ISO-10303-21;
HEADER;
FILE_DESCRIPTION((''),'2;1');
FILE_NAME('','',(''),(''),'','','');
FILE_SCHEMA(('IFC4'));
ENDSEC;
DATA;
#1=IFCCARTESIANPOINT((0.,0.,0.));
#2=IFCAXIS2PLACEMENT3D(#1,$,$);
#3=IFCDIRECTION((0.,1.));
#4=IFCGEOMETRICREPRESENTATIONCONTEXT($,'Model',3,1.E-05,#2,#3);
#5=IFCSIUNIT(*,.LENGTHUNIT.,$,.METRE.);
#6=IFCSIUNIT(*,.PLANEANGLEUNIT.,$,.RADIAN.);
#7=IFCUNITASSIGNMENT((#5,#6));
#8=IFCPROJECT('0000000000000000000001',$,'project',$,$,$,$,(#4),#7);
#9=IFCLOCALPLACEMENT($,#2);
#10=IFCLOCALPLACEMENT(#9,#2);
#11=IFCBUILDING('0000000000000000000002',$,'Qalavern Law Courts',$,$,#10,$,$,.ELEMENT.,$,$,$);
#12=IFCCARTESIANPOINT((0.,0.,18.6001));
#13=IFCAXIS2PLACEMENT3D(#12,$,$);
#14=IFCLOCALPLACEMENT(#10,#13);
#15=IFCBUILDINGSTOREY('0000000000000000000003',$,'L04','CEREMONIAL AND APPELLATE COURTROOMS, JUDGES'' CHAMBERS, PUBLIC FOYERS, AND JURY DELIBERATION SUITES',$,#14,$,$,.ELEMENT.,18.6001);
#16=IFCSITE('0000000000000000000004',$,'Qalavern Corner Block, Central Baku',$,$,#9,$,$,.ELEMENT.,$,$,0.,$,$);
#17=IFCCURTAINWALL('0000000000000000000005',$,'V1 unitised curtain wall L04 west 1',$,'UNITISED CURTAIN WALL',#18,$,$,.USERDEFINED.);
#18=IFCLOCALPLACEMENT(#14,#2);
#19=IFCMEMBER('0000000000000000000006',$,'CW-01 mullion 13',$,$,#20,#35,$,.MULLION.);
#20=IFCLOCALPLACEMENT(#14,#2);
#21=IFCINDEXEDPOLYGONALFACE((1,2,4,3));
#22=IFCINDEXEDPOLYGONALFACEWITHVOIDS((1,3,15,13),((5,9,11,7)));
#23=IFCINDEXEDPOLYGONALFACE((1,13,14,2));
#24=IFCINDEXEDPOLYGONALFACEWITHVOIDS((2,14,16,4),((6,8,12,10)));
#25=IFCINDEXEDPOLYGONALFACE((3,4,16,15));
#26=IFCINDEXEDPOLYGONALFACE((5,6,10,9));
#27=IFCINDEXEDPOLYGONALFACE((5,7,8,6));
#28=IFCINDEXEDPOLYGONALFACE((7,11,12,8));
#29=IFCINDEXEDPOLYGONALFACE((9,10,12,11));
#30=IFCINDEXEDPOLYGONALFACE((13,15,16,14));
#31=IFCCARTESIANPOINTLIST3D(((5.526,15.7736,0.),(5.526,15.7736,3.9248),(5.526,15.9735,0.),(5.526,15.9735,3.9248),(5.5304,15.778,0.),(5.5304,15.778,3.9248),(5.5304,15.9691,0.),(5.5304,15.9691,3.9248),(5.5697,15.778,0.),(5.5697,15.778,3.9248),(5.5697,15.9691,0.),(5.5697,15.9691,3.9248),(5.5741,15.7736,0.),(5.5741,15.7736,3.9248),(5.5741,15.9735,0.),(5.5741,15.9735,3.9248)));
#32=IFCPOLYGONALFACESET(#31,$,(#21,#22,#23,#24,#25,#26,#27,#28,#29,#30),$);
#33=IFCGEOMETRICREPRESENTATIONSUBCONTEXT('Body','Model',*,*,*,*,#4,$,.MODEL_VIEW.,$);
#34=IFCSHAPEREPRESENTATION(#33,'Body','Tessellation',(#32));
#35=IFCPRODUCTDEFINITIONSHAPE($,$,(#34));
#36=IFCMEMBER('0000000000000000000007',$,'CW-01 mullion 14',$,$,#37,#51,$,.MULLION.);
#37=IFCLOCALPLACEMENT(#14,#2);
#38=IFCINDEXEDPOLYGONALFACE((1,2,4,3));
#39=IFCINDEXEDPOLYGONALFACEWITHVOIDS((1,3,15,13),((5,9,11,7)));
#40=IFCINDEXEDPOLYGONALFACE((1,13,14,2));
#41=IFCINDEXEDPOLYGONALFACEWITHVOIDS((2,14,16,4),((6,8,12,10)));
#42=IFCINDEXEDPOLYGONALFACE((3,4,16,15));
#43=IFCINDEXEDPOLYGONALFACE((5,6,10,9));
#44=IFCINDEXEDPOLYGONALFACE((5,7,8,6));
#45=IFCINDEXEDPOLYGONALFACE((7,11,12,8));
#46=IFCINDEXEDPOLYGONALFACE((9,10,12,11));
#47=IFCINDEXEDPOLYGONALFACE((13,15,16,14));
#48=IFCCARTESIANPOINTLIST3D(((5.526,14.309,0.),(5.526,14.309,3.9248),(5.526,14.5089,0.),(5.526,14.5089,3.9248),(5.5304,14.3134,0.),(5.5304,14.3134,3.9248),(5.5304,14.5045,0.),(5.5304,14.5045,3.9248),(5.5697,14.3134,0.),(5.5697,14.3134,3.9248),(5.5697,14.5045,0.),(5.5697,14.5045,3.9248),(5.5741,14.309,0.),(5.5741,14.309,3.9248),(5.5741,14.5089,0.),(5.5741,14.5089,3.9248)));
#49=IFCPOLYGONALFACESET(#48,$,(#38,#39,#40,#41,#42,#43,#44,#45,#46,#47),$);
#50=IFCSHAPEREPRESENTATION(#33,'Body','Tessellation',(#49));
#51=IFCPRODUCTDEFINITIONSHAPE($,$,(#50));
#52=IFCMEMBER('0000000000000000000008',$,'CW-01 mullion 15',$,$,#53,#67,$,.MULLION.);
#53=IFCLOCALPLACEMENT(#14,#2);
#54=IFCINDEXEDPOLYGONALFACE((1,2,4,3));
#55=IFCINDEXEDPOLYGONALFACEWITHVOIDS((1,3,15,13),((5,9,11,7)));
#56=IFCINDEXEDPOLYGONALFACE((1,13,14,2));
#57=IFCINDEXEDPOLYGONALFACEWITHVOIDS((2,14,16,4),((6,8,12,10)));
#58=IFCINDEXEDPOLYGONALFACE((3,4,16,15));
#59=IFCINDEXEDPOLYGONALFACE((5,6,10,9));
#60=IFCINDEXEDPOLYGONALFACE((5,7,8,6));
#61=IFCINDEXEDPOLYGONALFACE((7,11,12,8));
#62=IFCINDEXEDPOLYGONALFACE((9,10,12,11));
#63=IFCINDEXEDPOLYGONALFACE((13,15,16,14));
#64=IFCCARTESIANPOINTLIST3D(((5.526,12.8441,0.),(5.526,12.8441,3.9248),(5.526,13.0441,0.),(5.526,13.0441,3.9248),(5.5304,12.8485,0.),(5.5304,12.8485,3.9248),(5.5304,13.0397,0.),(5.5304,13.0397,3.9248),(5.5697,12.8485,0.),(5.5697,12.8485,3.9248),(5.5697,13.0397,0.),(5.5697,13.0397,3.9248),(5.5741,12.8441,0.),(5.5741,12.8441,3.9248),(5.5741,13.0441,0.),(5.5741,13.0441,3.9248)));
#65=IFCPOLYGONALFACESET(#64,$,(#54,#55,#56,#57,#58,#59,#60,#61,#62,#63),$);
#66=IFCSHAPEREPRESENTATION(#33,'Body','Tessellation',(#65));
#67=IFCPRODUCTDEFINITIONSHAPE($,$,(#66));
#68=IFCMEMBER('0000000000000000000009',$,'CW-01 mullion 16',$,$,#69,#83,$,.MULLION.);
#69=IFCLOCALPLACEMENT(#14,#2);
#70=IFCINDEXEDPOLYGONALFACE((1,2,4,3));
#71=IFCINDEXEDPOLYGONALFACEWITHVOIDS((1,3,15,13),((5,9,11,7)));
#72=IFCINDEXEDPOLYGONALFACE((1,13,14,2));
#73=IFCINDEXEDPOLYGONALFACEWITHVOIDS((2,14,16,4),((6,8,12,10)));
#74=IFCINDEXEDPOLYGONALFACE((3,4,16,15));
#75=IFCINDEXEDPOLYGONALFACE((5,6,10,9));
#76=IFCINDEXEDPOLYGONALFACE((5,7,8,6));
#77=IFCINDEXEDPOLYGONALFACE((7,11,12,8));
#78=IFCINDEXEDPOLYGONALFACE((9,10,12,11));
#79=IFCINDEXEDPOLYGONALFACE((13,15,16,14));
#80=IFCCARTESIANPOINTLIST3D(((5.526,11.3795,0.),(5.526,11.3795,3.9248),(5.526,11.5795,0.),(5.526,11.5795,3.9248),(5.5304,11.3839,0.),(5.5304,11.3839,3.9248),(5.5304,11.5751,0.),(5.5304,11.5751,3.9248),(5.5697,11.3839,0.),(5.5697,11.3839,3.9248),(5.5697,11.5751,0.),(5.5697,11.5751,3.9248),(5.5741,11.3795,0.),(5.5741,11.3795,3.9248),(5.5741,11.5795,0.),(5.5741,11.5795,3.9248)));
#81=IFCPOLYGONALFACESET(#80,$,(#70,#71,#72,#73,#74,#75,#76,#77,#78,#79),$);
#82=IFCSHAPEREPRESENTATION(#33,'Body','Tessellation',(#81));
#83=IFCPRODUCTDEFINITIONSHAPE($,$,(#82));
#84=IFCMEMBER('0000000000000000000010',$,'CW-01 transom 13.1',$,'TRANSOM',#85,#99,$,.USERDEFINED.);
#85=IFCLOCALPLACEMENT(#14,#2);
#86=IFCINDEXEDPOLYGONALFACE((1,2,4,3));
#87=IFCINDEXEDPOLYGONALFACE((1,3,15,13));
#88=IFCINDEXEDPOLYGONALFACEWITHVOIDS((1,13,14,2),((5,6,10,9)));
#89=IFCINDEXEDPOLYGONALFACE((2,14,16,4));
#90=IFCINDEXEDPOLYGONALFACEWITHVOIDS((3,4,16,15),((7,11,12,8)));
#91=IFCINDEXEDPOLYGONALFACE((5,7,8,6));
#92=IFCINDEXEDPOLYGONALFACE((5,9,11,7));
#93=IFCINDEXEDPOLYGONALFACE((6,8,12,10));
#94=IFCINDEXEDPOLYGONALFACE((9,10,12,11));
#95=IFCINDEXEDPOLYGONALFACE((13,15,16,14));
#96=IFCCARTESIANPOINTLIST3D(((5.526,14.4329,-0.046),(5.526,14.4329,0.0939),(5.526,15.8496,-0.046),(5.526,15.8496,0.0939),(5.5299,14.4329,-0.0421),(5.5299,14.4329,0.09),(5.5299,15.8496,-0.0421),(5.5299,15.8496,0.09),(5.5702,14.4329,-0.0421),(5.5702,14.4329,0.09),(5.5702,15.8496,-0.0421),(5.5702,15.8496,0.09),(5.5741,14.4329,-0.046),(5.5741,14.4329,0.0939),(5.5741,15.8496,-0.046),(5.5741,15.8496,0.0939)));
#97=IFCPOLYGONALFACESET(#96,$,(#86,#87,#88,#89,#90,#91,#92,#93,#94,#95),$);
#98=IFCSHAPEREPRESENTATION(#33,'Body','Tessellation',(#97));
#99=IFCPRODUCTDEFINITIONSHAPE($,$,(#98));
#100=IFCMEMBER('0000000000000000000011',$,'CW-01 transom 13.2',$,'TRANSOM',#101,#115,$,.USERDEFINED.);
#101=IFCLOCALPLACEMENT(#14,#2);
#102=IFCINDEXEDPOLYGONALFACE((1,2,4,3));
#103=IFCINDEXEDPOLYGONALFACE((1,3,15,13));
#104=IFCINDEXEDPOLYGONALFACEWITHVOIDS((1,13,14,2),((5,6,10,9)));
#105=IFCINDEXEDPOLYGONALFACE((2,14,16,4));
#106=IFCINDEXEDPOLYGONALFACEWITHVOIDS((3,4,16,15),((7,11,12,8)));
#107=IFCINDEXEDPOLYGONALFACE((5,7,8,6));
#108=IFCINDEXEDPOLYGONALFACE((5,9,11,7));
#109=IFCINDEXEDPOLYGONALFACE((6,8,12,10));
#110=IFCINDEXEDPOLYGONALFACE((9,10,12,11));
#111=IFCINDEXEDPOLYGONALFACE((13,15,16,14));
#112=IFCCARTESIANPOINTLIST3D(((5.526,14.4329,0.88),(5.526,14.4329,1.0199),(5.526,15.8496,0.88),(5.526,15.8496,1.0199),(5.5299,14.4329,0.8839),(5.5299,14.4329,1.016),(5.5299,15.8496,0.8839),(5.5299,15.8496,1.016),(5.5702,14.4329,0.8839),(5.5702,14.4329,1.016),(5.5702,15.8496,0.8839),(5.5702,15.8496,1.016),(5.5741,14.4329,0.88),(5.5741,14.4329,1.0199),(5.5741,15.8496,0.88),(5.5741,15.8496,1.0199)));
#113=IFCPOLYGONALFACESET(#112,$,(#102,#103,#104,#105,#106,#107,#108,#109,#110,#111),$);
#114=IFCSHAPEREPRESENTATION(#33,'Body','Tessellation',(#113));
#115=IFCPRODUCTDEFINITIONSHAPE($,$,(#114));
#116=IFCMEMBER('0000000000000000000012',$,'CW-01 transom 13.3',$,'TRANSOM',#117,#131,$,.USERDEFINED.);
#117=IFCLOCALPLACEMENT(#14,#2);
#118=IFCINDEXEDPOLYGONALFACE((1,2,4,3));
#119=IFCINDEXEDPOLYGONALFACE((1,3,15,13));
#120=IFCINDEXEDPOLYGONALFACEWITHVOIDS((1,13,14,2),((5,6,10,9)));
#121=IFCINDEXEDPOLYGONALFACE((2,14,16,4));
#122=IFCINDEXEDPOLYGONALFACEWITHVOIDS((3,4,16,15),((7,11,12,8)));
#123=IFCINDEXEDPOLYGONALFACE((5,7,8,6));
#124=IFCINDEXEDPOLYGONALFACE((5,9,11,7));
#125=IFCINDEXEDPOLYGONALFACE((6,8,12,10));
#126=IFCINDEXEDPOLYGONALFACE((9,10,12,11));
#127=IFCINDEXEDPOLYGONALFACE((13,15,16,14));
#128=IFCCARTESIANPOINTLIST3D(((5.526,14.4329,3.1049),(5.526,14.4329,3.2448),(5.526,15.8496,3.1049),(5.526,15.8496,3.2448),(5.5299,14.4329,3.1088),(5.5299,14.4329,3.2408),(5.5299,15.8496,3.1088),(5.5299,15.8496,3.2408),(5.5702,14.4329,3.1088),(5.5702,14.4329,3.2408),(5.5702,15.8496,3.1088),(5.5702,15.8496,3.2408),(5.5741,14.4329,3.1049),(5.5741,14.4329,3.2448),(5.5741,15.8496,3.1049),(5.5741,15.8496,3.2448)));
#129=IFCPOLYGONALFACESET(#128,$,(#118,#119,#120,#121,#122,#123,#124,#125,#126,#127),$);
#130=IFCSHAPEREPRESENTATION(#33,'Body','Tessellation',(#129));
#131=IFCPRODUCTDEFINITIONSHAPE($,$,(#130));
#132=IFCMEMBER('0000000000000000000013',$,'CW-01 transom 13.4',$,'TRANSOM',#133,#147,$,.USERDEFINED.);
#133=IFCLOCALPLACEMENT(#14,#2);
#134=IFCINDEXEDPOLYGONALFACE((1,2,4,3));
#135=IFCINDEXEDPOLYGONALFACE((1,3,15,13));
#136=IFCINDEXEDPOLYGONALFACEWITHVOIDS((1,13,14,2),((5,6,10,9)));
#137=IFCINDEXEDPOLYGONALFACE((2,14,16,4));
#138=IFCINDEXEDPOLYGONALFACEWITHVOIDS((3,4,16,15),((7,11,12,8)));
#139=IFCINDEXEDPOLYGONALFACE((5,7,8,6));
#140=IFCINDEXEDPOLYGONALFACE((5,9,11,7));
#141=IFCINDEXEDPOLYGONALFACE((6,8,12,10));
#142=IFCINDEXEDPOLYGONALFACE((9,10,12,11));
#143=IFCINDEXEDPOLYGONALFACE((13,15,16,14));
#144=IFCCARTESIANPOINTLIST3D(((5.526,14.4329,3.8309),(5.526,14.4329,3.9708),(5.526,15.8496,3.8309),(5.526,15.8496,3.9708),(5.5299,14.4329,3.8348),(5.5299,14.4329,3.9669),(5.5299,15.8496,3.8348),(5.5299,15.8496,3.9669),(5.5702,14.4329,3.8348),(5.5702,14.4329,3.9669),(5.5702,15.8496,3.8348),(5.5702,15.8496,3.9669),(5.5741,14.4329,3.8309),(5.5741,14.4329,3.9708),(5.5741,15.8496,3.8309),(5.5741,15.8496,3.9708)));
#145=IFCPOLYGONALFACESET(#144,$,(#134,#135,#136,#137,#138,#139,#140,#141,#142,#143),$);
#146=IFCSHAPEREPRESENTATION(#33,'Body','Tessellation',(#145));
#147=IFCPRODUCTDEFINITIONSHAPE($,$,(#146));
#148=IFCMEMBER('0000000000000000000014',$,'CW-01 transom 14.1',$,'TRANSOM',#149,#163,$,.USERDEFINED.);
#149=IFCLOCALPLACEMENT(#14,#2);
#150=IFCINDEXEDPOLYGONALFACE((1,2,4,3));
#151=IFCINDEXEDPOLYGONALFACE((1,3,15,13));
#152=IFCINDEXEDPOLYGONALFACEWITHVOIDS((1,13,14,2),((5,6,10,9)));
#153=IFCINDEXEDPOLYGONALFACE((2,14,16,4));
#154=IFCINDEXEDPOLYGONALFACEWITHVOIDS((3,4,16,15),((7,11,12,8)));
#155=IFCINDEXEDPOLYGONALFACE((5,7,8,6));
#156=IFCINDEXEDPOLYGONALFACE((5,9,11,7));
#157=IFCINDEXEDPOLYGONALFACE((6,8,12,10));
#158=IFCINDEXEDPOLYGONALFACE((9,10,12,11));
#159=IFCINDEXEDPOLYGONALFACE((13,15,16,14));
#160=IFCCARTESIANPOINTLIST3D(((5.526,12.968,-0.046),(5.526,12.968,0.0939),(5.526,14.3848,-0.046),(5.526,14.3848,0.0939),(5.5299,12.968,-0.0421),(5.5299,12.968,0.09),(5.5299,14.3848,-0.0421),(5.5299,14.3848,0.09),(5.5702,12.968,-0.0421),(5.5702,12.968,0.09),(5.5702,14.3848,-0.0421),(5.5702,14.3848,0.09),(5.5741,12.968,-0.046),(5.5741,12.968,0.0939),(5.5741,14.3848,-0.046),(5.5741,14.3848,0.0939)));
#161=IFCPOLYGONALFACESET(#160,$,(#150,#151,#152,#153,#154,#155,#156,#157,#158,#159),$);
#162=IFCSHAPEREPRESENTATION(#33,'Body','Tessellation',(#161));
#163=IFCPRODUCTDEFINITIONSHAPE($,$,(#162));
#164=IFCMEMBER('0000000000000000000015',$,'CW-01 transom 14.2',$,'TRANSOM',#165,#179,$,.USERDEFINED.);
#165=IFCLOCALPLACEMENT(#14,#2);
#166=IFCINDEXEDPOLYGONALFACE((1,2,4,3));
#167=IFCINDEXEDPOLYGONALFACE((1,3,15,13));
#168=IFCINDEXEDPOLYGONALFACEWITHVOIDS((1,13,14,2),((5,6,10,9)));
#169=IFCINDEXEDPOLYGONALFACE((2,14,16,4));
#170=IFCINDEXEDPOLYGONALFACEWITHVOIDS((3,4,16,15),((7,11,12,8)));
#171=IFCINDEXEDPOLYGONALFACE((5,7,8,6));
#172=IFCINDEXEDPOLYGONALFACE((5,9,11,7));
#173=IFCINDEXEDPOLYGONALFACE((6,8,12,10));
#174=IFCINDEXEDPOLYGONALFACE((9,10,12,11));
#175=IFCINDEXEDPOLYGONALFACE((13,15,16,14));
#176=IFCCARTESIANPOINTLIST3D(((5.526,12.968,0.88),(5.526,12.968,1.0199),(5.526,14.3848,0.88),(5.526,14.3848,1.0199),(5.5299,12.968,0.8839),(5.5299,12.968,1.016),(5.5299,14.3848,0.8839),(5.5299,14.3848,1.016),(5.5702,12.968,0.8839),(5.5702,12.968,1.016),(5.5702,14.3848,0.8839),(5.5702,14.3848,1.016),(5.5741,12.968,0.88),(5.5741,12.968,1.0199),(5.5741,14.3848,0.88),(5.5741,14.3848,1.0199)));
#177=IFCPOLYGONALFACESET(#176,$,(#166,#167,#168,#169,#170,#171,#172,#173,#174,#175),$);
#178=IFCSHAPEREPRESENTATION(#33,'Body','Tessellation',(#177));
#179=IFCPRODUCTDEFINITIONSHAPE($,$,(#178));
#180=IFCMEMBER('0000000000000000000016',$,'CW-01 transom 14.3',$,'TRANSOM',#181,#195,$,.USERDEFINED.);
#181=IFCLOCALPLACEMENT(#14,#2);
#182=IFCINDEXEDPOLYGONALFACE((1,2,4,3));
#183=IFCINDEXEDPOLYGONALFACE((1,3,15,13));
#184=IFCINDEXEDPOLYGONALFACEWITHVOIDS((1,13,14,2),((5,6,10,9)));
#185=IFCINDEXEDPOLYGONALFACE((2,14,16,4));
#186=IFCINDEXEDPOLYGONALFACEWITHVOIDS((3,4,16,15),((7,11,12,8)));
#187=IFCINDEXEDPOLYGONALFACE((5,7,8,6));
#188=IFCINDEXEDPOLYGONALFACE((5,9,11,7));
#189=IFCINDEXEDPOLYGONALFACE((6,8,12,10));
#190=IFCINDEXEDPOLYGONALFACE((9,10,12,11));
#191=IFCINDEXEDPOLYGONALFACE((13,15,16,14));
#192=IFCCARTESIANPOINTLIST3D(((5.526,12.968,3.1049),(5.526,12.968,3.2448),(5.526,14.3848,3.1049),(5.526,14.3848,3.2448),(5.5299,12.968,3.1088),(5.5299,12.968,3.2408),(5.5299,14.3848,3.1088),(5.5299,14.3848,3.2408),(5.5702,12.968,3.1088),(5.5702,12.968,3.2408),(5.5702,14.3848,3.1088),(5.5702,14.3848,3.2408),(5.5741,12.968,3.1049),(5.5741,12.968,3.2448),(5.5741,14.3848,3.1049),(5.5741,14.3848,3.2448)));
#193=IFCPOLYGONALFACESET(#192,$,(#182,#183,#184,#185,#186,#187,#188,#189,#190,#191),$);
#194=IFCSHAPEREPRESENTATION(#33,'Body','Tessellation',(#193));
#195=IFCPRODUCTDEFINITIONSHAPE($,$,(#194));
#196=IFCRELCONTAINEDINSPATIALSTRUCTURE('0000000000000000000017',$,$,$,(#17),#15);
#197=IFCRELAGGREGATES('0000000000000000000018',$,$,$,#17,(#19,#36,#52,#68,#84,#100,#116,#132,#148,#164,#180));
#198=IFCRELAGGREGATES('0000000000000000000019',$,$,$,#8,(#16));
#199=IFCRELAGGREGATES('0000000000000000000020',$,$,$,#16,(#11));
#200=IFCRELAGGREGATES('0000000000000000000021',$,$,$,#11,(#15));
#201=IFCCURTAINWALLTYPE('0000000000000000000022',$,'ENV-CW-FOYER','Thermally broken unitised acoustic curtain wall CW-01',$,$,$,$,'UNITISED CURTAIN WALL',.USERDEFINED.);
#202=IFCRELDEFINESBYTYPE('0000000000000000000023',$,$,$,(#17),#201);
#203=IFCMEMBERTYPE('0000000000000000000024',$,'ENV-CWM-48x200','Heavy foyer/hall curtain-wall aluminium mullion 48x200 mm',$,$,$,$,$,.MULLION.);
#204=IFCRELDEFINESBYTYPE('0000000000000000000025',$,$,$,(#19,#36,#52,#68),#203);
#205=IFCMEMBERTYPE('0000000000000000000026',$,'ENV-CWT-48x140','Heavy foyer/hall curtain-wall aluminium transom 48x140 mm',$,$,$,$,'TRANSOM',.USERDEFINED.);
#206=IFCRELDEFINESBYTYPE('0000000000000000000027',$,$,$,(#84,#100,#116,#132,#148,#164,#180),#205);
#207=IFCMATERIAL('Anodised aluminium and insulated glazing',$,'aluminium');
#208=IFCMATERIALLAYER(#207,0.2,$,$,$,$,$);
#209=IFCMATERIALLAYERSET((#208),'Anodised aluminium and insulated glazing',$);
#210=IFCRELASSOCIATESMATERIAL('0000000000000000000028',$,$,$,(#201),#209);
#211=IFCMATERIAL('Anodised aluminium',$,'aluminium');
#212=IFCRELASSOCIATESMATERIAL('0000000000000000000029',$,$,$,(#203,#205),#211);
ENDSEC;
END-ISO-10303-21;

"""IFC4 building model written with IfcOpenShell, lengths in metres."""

from ifc_helpers import new_model, si_unit, direction, frame, origin, origin_2d, place, context, subcontext, project, spatial, hollow_rectangle, extrude, material, layer, layer_set, material_profile, profile_set, type_object, element, aggregate, save


model = new_model("IFC4")

# Units and contexts
model_context = context("Model", 3, precision=1e-05, world=origin(), true_north=direction((0.0, 1.0)))
body_context = subcontext(model_context, "Body", "Model", "MODEL_VIEW")
ifc_project = project(units=[si_unit("LENGTHUNIT", "METRE"), si_unit("PLANEANGLEUNIT", "RADIAN")], contexts=[model_context])

# Site, building, storey
site_placement = place(None, origin())
site = spatial("IfcSite", under=ifc_project, at=site_placement, Name="Qalavern Corner Block, Central Baku", CompositionType="ELEMENT", RefElevation=0.0)
building_placement = place(site_placement, origin())
building = spatial("IfcBuilding", under=site, at=building_placement, Name="Qalavern Law Courts", CompositionType="ELEMENT")
storey_placement = place(building_placement, frame((0.0, 0.0, 18.6001)))
storey = spatial("IfcBuildingStorey", under=building, at=storey_placement, Name="L04", Description="CEREMONIAL AND APPELLATE COURTROOMS, JUDGES' CHAMBERS, PUBLIC FOYERS, AND JURY DELIBERATION SUITES", CompositionType="ELEMENT", Elevation=18.6001)

# Curtain wall, members
ifc_material_1 = material(Name="Anodised aluminium and insulated glazing", Category="aluminium")
ifc_layer_1 = layer(ifc_material_1, 0.2)
ifc_layer_set_1 = layer_set([ifc_layer_1], Name="Anodised aluminium and insulated glazing")
curtain_wall_type = type_object("IfcCurtainWallType", Name="ENV-CW-FOYER", Description="Thermally broken unitised acoustic curtain wall CW-01", ElementType="UNITISED CURTAIN WALL", PredefinedType="USERDEFINED", material=ifc_layer_set_1)
curtain_wall_placement = place(storey_placement, origin())
curtain_wall = element("IfcCurtainWall", 1, at=curtain_wall_placement, inside=storey, type_object=curtain_wall_type, Name="V1 unitised curtain wall L04 west 1", ObjectType="UNITISED CURTAIN WALL", PredefinedType="USERDEFINED")
ifc_material_2 = material(Name="Anodised aluminium", Category="aluminium")
ifc_material_profile_1 = material_profile(ifc_material_2, hollow_rectangle(XDim=0.0481, YDim=0.2, WallThickness=0.0044, at=origin_2d()), Name="ALU MULLION 48x200")
ifc_profile_set_1 = profile_set([ifc_material_profile_1], Name="Anodised aluminium")
member_type_1 = type_object("IfcMemberType", Name="ENV-CWM-48x200", Description="Heavy foyer/hall curtain-wall aluminium mullion 48x200 mm", PredefinedType="MULLION", material=ifc_profile_set_1)
member_1_placement = place(storey_placement, frame((5.55, 15.8735, 0.0), z_axis=(0.0, 0.0, 1.0), x_axis=(1.0, 0.0, 0.0)))
member_1 = element("IfcMember", 2, at=member_1_placement, type_object=member_type_1, Name="CW-01 mullion 13", PredefinedType="MULLION", context=body_context, shape_type="SweptSolid", body=[
    extrude(hollow_rectangle(XDim=0.0481, YDim=0.2, WallThickness=0.0044, at=origin_2d()), origin(), (0.0, 0.0, 1.0), 3.9248),
])
member_2_placement = place(storey_placement, frame((5.55, 14.4089, 0.0), z_axis=(0.0, 0.0, 1.0), x_axis=(1.0, 0.0, 0.0)))
member_2 = element("IfcMember", 3, at=member_2_placement, type_object=member_type_1, Name="CW-01 mullion 14", PredefinedType="MULLION", context=body_context, shape_type="SweptSolid", body=[
    extrude(hollow_rectangle(XDim=0.0481, YDim=0.2, WallThickness=0.0044, at=origin_2d()), origin(), (0.0, 0.0, 1.0), 3.9248),
])
member_3_placement = place(storey_placement, frame((5.55, 12.9441, 0.0), z_axis=(0.0, 0.0, 1.0), x_axis=(1.0, 0.0, 0.0)))
member_3 = element("IfcMember", 4, at=member_3_placement, type_object=member_type_1, Name="CW-01 mullion 15", PredefinedType="MULLION", context=body_context, shape_type="SweptSolid", body=[
    extrude(hollow_rectangle(XDim=0.0481, YDim=0.2, WallThickness=0.0044, at=origin_2d()), origin(), (0.0, 0.0, 1.0), 3.9248),
])
member_4_placement = place(storey_placement, frame((5.55, 11.4795, 0.0), z_axis=(0.0, 0.0, 1.0), x_axis=(1.0, 0.0, 0.0)))
member_4 = element("IfcMember", 5, at=member_4_placement, type_object=member_type_1, Name="CW-01 mullion 16", PredefinedType="MULLION", context=body_context, shape_type="SweptSolid", body=[
    extrude(hollow_rectangle(XDim=0.0481, YDim=0.2, WallThickness=0.0044, at=origin_2d()), origin(), (0.0, 0.0, 1.0), 3.9248),
])
ifc_material_profile_2 = material_profile(ifc_material_2, hollow_rectangle(XDim=0.0481, YDim=0.1399, WallThickness=0.0039, at=origin_2d()), Name="ALU TRANSOM 48x140")
ifc_profile_set_2 = profile_set([ifc_material_profile_2], Name="Anodised aluminium")
member_type_2 = type_object("IfcMemberType", Name="ENV-CWT-48x140", Description="Heavy foyer/hall curtain-wall aluminium transom 48x140 mm", ElementType="TRANSOM", PredefinedType="USERDEFINED", material=ifc_profile_set_2)
member_5_placement = place(storey_placement, frame((5.55, 15.8496, 0.0239), z_axis=(0.0, -1.0, 0.0), x_axis=(1.0, 0.0, 0.0)))
member_5 = element("IfcMember", 6, at=member_5_placement, type_object=member_type_2, Name="CW-01 transom 13.1", ObjectType="TRANSOM", PredefinedType="USERDEFINED", context=body_context, shape_type="SweptSolid", body=[
    extrude(hollow_rectangle(XDim=0.0481, YDim=0.1399, WallThickness=0.0039, at=origin_2d()), origin(), (0.0, 0.0, 1.0), 1.4167),
])
member_6_placement = place(storey_placement, frame((5.55, 15.8496, 0.95), z_axis=(0.0, -1.0, 0.0), x_axis=(1.0, 0.0, 0.0)))
member_6 = element("IfcMember", 7, at=member_6_placement, type_object=member_type_2, Name="CW-01 transom 13.2", ObjectType="TRANSOM", PredefinedType="USERDEFINED", context=body_context, shape_type="SweptSolid", body=[
    extrude(hollow_rectangle(XDim=0.0481, YDim=0.1399, WallThickness=0.0039, at=origin_2d()), origin(), (0.0, 0.0, 1.0), 1.4167),
])
member_7_placement = place(storey_placement, frame((5.55, 15.8496, 3.1748), z_axis=(0.0, -1.0, 0.0), x_axis=(1.0, 0.0, 0.0)))
member_7 = element("IfcMember", 8, at=member_7_placement, type_object=member_type_2, Name="CW-01 transom 13.3", ObjectType="TRANSOM", PredefinedType="USERDEFINED", context=body_context, shape_type="SweptSolid", body=[
    extrude(hollow_rectangle(XDim=0.0481, YDim=0.1399, WallThickness=0.0039, at=origin_2d()), origin(), (0.0, 0.0, 1.0), 1.4167),
])
member_8_placement = place(storey_placement, frame((5.55, 15.8496, 3.9009), z_axis=(0.0, -1.0, 0.0), x_axis=(1.0, 0.0, 0.0)))
member_8 = element("IfcMember", 9, at=member_8_placement, type_object=member_type_2, Name="CW-01 transom 13.4", ObjectType="TRANSOM", PredefinedType="USERDEFINED", context=body_context, shape_type="SweptSolid", body=[
    extrude(hollow_rectangle(XDim=0.0481, YDim=0.1399, WallThickness=0.0039, at=origin_2d()), origin(), (0.0, 0.0, 1.0), 1.4167),
])
member_9_placement = place(storey_placement, frame((5.55, 14.3848, 0.0239), z_axis=(0.0, -1.0, 0.0), x_axis=(1.0, 0.0, 0.0)))
member_9 = element("IfcMember", 10, at=member_9_placement, type_object=member_type_2, Name="CW-01 transom 14.1", ObjectType="TRANSOM", PredefinedType="USERDEFINED", context=body_context, shape_type="SweptSolid", body=[
    extrude(hollow_rectangle(XDim=0.0481, YDim=0.1399, WallThickness=0.0039, at=origin_2d()), origin(), (0.0, 0.0, 1.0), 1.4167),
])
member_10_placement = place(storey_placement, frame((5.55, 14.3848, 0.95), z_axis=(0.0, -1.0, 0.0), x_axis=(1.0, 0.0, 0.0)))
member_10 = element("IfcMember", 11, at=member_10_placement, type_object=member_type_2, Name="CW-01 transom 14.2", ObjectType="TRANSOM", PredefinedType="USERDEFINED", context=body_context, shape_type="SweptSolid", body=[
    extrude(hollow_rectangle(XDim=0.0481, YDim=0.1399, WallThickness=0.0039, at=origin_2d()), origin(), (0.0, 0.0, 1.0), 1.4167),
])
member_11_placement = place(storey_placement, frame((5.55, 14.3848, 3.1748), z_axis=(0.0, -1.0, 0.0), x_axis=(1.0, 0.0, 0.0)))
member_11 = element("IfcMember", 12, at=member_11_placement, type_object=member_type_2, Name="CW-01 transom 14.3", ObjectType="TRANSOM", PredefinedType="USERDEFINED", context=body_context, shape_type="SweptSolid", body=[
    extrude(hollow_rectangle(XDim=0.0481, YDim=0.1399, WallThickness=0.0039, at=origin_2d()), origin(), (0.0, 0.0, 1.0), 1.4167),
])

aggregate(curtain_wall, [member_1, member_2, member_3, member_4, member_5, member_6, member_7, member_8, member_9, member_10, member_11])

save(model, "model.ifc")
